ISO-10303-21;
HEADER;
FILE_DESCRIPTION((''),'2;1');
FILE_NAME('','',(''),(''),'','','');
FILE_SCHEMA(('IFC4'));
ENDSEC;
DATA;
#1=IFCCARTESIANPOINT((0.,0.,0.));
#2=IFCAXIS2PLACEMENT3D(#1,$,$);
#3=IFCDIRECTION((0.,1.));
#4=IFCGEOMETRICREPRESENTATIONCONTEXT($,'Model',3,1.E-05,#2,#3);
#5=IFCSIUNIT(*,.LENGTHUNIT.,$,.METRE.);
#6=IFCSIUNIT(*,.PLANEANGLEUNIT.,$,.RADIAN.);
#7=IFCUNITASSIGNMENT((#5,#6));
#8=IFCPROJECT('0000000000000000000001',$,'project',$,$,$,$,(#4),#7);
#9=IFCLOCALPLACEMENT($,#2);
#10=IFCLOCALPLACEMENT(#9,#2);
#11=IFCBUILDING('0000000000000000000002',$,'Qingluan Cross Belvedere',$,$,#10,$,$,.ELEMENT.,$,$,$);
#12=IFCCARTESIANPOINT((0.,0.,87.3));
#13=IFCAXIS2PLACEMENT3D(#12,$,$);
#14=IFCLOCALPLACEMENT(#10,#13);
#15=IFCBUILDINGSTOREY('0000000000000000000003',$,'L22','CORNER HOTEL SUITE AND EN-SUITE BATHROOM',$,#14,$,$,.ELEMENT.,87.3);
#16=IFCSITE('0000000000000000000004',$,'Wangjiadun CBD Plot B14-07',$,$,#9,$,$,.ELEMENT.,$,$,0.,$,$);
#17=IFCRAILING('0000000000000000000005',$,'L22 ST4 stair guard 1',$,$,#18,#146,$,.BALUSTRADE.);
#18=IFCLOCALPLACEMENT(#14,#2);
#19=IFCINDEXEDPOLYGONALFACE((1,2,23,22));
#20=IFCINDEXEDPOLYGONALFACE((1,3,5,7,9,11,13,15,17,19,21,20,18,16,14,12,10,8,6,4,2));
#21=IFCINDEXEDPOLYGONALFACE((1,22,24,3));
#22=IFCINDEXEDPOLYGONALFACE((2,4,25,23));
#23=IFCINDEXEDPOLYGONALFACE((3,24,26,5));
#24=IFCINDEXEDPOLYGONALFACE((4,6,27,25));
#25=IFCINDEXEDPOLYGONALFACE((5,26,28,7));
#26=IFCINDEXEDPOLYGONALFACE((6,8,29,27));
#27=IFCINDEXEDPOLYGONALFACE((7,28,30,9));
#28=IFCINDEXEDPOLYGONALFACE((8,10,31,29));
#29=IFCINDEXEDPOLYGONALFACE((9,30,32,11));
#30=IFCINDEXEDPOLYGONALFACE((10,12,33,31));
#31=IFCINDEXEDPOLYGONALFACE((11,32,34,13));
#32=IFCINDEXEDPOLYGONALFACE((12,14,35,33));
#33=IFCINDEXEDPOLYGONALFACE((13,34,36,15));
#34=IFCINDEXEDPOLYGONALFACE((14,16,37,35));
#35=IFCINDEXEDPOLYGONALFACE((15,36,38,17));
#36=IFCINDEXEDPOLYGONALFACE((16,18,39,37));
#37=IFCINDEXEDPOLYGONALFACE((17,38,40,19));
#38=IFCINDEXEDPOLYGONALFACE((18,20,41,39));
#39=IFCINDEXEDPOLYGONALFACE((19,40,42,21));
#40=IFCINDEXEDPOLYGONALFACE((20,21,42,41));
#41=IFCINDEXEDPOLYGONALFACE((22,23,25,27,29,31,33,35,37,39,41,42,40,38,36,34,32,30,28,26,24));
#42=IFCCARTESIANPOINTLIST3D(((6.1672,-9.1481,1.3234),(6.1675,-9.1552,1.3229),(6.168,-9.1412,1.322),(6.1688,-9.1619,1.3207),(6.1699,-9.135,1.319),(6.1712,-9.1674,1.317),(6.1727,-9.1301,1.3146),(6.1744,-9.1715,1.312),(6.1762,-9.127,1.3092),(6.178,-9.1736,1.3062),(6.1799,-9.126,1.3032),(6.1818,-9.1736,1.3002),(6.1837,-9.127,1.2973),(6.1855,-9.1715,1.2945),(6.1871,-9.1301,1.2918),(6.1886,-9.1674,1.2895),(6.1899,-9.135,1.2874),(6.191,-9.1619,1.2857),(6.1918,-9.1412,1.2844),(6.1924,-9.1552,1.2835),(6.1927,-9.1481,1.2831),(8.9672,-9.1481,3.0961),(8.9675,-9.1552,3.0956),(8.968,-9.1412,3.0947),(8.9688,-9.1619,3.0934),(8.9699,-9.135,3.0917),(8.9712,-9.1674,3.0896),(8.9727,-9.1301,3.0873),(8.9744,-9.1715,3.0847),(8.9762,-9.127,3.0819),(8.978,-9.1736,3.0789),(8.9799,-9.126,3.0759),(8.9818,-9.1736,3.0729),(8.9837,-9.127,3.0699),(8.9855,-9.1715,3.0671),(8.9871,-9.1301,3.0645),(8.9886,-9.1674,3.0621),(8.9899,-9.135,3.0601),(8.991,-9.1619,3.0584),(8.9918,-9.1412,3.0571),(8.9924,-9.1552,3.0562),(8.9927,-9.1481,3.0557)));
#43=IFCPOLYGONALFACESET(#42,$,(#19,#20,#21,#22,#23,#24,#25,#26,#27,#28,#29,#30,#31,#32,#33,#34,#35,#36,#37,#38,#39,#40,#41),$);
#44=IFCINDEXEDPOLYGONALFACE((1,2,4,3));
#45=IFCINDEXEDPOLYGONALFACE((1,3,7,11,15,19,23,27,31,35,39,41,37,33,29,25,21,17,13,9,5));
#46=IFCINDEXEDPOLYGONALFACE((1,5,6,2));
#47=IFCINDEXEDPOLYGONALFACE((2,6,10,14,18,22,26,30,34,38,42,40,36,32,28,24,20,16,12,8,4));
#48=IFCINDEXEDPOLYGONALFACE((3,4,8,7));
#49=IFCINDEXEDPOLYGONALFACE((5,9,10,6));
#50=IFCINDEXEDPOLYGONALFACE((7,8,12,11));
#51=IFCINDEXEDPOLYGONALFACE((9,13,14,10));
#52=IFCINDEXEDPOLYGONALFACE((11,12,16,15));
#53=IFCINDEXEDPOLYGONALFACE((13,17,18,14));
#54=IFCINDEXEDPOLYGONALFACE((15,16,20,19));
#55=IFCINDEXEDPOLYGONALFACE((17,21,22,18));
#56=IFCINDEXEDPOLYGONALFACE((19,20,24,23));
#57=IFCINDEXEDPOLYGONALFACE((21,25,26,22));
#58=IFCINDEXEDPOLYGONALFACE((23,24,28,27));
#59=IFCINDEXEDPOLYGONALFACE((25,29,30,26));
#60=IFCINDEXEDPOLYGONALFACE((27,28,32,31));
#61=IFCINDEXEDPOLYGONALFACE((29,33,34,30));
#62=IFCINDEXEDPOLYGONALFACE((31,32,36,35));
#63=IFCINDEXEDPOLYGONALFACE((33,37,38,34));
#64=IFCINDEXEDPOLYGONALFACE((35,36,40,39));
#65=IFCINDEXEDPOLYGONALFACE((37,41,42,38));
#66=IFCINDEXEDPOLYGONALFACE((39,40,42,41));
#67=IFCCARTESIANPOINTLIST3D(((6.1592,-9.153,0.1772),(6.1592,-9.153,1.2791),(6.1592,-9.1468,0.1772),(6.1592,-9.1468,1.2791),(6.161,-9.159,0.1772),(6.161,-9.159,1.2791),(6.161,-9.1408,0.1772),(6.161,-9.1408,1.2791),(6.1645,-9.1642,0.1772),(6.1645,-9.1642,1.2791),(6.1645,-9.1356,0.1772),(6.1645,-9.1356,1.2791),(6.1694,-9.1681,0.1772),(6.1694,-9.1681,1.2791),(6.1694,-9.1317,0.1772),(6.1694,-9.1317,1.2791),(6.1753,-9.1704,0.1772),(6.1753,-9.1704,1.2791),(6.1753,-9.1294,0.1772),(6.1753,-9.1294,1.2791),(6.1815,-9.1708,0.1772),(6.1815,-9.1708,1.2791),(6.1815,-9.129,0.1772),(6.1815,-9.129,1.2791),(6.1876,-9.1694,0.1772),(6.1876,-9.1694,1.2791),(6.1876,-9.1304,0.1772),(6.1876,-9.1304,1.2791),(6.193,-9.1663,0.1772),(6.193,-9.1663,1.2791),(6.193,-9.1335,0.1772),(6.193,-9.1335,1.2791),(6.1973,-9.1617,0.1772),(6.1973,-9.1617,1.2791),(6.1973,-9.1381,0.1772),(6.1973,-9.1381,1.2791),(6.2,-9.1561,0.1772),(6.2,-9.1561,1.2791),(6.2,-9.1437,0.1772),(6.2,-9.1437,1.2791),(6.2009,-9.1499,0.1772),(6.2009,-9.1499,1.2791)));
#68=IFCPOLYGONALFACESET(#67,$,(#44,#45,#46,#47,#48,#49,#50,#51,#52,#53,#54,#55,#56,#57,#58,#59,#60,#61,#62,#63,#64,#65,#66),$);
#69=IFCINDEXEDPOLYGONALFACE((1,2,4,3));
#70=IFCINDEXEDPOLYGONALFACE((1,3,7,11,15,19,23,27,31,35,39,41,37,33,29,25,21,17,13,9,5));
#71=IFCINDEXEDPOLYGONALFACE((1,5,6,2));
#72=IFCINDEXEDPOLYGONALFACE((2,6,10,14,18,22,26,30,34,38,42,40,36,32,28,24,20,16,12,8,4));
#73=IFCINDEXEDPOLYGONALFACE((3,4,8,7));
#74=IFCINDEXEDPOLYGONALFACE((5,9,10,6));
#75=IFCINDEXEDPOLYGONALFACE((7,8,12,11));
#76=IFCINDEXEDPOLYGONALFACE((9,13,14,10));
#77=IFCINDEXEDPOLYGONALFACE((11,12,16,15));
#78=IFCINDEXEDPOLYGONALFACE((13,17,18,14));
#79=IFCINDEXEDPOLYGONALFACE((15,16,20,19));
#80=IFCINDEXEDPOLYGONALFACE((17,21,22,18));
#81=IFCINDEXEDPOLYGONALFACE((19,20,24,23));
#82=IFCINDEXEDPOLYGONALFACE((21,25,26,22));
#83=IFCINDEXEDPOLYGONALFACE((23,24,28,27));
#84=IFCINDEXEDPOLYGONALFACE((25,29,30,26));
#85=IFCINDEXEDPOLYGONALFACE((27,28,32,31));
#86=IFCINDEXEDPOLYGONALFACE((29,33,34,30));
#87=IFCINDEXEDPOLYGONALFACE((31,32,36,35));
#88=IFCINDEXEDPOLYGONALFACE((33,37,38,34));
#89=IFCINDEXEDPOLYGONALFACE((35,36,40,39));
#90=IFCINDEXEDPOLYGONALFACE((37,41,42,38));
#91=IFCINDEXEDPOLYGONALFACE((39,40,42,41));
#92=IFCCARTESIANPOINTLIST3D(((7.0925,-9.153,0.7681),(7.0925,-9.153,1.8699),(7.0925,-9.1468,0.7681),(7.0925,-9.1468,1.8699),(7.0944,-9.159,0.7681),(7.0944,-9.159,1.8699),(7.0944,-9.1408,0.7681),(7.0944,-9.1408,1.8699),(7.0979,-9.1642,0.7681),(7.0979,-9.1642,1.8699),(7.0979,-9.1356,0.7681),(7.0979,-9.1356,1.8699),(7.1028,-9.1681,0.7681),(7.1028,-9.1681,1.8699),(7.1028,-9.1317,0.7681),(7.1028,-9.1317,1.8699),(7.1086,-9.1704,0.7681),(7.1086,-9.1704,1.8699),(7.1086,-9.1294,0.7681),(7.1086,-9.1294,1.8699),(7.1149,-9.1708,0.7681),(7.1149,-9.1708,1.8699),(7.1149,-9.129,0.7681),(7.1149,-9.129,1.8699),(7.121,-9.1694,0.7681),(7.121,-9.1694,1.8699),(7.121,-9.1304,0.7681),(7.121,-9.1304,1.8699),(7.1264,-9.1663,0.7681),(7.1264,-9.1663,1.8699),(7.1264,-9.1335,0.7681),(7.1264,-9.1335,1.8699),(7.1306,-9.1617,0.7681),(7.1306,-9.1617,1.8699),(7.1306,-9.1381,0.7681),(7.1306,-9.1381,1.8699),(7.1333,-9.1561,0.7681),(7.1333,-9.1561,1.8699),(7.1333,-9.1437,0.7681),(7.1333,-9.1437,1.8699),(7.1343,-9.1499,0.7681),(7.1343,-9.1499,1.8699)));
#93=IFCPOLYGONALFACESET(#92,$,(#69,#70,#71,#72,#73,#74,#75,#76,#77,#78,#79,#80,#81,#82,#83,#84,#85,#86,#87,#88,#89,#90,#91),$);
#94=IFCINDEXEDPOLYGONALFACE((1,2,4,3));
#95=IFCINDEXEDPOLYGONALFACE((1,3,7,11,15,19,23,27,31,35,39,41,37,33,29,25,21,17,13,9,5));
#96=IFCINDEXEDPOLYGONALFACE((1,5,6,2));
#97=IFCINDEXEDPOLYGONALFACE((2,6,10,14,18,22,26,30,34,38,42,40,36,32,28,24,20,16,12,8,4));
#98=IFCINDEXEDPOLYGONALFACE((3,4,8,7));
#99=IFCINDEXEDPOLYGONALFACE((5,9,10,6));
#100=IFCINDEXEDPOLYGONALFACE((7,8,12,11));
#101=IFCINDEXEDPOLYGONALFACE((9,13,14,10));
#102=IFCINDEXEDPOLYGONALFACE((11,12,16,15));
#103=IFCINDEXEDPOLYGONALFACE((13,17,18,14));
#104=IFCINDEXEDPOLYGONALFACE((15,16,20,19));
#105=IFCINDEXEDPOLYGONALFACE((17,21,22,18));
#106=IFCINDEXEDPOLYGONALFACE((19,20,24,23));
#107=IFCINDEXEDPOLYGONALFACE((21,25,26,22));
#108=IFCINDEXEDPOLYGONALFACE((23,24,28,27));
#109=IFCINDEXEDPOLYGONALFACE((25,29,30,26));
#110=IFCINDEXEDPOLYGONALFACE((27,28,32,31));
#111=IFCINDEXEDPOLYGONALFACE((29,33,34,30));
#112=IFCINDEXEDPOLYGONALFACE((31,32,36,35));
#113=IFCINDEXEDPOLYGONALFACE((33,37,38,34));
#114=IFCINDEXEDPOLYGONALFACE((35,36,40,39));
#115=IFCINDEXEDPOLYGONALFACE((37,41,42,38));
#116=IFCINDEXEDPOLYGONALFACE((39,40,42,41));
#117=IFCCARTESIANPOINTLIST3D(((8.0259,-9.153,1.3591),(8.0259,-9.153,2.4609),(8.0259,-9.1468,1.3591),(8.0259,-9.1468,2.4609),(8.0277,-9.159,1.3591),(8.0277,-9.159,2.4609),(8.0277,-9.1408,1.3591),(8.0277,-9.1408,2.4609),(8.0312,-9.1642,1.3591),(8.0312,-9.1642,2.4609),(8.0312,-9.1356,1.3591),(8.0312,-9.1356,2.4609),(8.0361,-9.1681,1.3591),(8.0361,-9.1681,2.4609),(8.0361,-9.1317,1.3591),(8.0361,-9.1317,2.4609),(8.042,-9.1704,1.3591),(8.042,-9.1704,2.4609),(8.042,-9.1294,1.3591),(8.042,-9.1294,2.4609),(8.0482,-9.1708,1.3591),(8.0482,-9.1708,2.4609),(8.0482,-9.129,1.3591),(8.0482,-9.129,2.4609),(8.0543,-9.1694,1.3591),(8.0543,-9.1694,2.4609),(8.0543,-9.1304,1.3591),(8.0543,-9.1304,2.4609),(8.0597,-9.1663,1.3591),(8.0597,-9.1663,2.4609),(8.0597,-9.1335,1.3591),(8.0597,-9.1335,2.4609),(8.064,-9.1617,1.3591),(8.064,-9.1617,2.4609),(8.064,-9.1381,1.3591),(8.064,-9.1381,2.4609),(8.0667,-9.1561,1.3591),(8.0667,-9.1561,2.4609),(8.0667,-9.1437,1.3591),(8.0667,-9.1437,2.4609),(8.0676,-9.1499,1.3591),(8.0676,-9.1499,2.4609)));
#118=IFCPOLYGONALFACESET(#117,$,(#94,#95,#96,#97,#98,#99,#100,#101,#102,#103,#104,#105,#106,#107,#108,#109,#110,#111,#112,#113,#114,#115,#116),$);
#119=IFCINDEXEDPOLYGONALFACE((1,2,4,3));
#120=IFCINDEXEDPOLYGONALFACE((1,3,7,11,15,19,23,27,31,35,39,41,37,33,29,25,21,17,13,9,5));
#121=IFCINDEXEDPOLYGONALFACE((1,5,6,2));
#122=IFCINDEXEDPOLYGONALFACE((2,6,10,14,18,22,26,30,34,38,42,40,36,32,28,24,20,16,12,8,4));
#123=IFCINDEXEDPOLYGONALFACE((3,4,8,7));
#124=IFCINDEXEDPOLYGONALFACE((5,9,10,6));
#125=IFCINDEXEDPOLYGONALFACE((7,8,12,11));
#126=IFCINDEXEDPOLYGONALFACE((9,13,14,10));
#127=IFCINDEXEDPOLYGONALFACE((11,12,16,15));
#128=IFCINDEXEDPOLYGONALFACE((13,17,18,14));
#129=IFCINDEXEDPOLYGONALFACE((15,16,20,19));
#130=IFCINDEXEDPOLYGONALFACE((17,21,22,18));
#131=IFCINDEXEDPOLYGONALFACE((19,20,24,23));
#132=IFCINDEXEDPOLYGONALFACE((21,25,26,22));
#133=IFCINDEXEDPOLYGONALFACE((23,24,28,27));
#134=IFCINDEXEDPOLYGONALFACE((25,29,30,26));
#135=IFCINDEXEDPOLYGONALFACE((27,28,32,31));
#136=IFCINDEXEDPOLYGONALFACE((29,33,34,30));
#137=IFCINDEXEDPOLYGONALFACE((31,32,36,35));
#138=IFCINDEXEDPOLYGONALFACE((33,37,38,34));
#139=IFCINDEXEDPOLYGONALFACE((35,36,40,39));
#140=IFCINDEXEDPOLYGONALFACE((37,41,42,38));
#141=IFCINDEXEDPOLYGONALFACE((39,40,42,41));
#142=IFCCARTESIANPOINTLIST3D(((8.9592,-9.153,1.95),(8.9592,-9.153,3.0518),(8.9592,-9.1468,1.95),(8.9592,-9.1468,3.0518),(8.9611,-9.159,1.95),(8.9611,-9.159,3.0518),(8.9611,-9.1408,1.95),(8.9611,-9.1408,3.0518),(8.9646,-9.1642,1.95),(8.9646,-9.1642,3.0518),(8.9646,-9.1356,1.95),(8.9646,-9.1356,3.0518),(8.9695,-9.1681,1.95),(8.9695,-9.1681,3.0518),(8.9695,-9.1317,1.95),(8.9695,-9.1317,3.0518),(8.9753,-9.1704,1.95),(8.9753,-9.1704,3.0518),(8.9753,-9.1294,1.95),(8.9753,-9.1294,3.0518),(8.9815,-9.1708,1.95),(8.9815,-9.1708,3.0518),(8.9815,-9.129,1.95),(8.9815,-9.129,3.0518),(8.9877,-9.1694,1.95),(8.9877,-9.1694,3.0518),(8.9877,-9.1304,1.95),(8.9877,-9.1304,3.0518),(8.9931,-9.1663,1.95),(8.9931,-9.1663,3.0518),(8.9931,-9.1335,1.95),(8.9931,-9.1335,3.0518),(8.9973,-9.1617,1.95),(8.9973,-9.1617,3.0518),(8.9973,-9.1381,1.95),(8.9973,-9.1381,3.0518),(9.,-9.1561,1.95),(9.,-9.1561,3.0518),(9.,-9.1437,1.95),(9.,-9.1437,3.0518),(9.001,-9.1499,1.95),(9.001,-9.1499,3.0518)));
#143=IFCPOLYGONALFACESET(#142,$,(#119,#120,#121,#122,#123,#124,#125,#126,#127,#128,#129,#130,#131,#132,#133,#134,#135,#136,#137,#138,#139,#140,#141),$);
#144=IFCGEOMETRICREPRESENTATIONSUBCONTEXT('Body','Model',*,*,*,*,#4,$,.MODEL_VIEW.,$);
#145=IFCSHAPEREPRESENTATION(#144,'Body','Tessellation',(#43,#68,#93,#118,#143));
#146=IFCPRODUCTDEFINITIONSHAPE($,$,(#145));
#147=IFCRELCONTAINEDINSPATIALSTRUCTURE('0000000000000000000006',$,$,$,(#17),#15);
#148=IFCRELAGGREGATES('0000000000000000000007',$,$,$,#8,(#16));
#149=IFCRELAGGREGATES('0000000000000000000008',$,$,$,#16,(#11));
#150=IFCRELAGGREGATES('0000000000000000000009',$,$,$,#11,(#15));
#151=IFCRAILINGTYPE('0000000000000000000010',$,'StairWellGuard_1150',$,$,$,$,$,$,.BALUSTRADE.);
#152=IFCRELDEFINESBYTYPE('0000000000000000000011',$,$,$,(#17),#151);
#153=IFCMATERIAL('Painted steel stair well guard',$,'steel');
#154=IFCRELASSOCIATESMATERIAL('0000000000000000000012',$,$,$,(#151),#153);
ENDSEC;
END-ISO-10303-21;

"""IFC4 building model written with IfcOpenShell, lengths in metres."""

from ifc_helpers import new_model, si_unit, direction, frame, origin, origin_2d, place, context, subcontext, project, spatial, circle, extrude, material, type_object, element, save


model = new_model("IFC4")

# Units and contexts
model_context = context("Model", 3, precision=1e-05, world=origin(), true_north=direction((0.0, 1.0)))
body_context = subcontext(model_context, "Body", "Model", "MODEL_VIEW")
ifc_project = project(units=[si_unit("LENGTHUNIT", "METRE"), si_unit("PLANEANGLEUNIT", "RADIAN")], contexts=[model_context])

# Site, building, storey
site_placement = place(None, origin())
site = spatial("IfcSite", under=ifc_project, at=site_placement, Name="Wangjiadun CBD Plot B14-07", CompositionType="ELEMENT", RefElevation=0.0)
building_placement = place(site_placement, origin())
building = spatial("IfcBuilding", under=site, at=building_placement, Name="Qingluan Cross Belvedere", CompositionType="ELEMENT")
storey_placement = place(building_placement, frame((0.0, 0.0, 87.3)))
storey = spatial("IfcBuildingStorey", under=building, at=storey_placement, Name="L22", Description="CORNER HOTEL SUITE AND EN-SUITE BATHROOM", CompositionType="ELEMENT", Elevation=87.3)

# Railing
ifc_material_1 = material(Name="Painted steel stair well guard", Category="steel")
railing_type_1 = type_object("IfcRailingType", Name="StairWellGuard_1150", PredefinedType="BALUSTRADE", material=ifc_material_1)
railing_1_placement = place(storey_placement, frame((6.1799, -9.1499, 0.1772)))
element("IfcRailing", 1, at=railing_1_placement, inside=storey, type_object=railing_type_1, Name="L22 ST4 stair guard 1", PredefinedType="BALUSTRADE", context=body_context, shape_type="SweptSolid", body=[
    extrude(circle(Radius=0.0239, at=origin_2d()), frame((0.0, 0.0, 1.126), z_axis=(0.844909, 0.0, 0.53491), x_axis=(0.0, 1.0, 0.0)), (0.0, 0.0, 1.0), 3.314),
    extrude(circle(Radius=0.021, at=origin_2d()), origin(), (0.0, 0.0, 1.0), 1.1018),
    extrude(circle(Radius=0.021, at=origin_2d()), frame((0.9333, 0.0, 0.5908)), (0.0, 0.0, 1.0), 1.1018),
    extrude(circle(Radius=0.021, at=origin_2d()), frame((1.8667, 0.0, 1.1819)), (0.0, 0.0, 1.0), 1.1018),
    extrude(circle(Radius=0.021, at=origin_2d()), frame((2.8, 0.0, 1.7727)), (0.0, 0.0, 1.0), 1.1018),
])

save(model, "model.ifc")
